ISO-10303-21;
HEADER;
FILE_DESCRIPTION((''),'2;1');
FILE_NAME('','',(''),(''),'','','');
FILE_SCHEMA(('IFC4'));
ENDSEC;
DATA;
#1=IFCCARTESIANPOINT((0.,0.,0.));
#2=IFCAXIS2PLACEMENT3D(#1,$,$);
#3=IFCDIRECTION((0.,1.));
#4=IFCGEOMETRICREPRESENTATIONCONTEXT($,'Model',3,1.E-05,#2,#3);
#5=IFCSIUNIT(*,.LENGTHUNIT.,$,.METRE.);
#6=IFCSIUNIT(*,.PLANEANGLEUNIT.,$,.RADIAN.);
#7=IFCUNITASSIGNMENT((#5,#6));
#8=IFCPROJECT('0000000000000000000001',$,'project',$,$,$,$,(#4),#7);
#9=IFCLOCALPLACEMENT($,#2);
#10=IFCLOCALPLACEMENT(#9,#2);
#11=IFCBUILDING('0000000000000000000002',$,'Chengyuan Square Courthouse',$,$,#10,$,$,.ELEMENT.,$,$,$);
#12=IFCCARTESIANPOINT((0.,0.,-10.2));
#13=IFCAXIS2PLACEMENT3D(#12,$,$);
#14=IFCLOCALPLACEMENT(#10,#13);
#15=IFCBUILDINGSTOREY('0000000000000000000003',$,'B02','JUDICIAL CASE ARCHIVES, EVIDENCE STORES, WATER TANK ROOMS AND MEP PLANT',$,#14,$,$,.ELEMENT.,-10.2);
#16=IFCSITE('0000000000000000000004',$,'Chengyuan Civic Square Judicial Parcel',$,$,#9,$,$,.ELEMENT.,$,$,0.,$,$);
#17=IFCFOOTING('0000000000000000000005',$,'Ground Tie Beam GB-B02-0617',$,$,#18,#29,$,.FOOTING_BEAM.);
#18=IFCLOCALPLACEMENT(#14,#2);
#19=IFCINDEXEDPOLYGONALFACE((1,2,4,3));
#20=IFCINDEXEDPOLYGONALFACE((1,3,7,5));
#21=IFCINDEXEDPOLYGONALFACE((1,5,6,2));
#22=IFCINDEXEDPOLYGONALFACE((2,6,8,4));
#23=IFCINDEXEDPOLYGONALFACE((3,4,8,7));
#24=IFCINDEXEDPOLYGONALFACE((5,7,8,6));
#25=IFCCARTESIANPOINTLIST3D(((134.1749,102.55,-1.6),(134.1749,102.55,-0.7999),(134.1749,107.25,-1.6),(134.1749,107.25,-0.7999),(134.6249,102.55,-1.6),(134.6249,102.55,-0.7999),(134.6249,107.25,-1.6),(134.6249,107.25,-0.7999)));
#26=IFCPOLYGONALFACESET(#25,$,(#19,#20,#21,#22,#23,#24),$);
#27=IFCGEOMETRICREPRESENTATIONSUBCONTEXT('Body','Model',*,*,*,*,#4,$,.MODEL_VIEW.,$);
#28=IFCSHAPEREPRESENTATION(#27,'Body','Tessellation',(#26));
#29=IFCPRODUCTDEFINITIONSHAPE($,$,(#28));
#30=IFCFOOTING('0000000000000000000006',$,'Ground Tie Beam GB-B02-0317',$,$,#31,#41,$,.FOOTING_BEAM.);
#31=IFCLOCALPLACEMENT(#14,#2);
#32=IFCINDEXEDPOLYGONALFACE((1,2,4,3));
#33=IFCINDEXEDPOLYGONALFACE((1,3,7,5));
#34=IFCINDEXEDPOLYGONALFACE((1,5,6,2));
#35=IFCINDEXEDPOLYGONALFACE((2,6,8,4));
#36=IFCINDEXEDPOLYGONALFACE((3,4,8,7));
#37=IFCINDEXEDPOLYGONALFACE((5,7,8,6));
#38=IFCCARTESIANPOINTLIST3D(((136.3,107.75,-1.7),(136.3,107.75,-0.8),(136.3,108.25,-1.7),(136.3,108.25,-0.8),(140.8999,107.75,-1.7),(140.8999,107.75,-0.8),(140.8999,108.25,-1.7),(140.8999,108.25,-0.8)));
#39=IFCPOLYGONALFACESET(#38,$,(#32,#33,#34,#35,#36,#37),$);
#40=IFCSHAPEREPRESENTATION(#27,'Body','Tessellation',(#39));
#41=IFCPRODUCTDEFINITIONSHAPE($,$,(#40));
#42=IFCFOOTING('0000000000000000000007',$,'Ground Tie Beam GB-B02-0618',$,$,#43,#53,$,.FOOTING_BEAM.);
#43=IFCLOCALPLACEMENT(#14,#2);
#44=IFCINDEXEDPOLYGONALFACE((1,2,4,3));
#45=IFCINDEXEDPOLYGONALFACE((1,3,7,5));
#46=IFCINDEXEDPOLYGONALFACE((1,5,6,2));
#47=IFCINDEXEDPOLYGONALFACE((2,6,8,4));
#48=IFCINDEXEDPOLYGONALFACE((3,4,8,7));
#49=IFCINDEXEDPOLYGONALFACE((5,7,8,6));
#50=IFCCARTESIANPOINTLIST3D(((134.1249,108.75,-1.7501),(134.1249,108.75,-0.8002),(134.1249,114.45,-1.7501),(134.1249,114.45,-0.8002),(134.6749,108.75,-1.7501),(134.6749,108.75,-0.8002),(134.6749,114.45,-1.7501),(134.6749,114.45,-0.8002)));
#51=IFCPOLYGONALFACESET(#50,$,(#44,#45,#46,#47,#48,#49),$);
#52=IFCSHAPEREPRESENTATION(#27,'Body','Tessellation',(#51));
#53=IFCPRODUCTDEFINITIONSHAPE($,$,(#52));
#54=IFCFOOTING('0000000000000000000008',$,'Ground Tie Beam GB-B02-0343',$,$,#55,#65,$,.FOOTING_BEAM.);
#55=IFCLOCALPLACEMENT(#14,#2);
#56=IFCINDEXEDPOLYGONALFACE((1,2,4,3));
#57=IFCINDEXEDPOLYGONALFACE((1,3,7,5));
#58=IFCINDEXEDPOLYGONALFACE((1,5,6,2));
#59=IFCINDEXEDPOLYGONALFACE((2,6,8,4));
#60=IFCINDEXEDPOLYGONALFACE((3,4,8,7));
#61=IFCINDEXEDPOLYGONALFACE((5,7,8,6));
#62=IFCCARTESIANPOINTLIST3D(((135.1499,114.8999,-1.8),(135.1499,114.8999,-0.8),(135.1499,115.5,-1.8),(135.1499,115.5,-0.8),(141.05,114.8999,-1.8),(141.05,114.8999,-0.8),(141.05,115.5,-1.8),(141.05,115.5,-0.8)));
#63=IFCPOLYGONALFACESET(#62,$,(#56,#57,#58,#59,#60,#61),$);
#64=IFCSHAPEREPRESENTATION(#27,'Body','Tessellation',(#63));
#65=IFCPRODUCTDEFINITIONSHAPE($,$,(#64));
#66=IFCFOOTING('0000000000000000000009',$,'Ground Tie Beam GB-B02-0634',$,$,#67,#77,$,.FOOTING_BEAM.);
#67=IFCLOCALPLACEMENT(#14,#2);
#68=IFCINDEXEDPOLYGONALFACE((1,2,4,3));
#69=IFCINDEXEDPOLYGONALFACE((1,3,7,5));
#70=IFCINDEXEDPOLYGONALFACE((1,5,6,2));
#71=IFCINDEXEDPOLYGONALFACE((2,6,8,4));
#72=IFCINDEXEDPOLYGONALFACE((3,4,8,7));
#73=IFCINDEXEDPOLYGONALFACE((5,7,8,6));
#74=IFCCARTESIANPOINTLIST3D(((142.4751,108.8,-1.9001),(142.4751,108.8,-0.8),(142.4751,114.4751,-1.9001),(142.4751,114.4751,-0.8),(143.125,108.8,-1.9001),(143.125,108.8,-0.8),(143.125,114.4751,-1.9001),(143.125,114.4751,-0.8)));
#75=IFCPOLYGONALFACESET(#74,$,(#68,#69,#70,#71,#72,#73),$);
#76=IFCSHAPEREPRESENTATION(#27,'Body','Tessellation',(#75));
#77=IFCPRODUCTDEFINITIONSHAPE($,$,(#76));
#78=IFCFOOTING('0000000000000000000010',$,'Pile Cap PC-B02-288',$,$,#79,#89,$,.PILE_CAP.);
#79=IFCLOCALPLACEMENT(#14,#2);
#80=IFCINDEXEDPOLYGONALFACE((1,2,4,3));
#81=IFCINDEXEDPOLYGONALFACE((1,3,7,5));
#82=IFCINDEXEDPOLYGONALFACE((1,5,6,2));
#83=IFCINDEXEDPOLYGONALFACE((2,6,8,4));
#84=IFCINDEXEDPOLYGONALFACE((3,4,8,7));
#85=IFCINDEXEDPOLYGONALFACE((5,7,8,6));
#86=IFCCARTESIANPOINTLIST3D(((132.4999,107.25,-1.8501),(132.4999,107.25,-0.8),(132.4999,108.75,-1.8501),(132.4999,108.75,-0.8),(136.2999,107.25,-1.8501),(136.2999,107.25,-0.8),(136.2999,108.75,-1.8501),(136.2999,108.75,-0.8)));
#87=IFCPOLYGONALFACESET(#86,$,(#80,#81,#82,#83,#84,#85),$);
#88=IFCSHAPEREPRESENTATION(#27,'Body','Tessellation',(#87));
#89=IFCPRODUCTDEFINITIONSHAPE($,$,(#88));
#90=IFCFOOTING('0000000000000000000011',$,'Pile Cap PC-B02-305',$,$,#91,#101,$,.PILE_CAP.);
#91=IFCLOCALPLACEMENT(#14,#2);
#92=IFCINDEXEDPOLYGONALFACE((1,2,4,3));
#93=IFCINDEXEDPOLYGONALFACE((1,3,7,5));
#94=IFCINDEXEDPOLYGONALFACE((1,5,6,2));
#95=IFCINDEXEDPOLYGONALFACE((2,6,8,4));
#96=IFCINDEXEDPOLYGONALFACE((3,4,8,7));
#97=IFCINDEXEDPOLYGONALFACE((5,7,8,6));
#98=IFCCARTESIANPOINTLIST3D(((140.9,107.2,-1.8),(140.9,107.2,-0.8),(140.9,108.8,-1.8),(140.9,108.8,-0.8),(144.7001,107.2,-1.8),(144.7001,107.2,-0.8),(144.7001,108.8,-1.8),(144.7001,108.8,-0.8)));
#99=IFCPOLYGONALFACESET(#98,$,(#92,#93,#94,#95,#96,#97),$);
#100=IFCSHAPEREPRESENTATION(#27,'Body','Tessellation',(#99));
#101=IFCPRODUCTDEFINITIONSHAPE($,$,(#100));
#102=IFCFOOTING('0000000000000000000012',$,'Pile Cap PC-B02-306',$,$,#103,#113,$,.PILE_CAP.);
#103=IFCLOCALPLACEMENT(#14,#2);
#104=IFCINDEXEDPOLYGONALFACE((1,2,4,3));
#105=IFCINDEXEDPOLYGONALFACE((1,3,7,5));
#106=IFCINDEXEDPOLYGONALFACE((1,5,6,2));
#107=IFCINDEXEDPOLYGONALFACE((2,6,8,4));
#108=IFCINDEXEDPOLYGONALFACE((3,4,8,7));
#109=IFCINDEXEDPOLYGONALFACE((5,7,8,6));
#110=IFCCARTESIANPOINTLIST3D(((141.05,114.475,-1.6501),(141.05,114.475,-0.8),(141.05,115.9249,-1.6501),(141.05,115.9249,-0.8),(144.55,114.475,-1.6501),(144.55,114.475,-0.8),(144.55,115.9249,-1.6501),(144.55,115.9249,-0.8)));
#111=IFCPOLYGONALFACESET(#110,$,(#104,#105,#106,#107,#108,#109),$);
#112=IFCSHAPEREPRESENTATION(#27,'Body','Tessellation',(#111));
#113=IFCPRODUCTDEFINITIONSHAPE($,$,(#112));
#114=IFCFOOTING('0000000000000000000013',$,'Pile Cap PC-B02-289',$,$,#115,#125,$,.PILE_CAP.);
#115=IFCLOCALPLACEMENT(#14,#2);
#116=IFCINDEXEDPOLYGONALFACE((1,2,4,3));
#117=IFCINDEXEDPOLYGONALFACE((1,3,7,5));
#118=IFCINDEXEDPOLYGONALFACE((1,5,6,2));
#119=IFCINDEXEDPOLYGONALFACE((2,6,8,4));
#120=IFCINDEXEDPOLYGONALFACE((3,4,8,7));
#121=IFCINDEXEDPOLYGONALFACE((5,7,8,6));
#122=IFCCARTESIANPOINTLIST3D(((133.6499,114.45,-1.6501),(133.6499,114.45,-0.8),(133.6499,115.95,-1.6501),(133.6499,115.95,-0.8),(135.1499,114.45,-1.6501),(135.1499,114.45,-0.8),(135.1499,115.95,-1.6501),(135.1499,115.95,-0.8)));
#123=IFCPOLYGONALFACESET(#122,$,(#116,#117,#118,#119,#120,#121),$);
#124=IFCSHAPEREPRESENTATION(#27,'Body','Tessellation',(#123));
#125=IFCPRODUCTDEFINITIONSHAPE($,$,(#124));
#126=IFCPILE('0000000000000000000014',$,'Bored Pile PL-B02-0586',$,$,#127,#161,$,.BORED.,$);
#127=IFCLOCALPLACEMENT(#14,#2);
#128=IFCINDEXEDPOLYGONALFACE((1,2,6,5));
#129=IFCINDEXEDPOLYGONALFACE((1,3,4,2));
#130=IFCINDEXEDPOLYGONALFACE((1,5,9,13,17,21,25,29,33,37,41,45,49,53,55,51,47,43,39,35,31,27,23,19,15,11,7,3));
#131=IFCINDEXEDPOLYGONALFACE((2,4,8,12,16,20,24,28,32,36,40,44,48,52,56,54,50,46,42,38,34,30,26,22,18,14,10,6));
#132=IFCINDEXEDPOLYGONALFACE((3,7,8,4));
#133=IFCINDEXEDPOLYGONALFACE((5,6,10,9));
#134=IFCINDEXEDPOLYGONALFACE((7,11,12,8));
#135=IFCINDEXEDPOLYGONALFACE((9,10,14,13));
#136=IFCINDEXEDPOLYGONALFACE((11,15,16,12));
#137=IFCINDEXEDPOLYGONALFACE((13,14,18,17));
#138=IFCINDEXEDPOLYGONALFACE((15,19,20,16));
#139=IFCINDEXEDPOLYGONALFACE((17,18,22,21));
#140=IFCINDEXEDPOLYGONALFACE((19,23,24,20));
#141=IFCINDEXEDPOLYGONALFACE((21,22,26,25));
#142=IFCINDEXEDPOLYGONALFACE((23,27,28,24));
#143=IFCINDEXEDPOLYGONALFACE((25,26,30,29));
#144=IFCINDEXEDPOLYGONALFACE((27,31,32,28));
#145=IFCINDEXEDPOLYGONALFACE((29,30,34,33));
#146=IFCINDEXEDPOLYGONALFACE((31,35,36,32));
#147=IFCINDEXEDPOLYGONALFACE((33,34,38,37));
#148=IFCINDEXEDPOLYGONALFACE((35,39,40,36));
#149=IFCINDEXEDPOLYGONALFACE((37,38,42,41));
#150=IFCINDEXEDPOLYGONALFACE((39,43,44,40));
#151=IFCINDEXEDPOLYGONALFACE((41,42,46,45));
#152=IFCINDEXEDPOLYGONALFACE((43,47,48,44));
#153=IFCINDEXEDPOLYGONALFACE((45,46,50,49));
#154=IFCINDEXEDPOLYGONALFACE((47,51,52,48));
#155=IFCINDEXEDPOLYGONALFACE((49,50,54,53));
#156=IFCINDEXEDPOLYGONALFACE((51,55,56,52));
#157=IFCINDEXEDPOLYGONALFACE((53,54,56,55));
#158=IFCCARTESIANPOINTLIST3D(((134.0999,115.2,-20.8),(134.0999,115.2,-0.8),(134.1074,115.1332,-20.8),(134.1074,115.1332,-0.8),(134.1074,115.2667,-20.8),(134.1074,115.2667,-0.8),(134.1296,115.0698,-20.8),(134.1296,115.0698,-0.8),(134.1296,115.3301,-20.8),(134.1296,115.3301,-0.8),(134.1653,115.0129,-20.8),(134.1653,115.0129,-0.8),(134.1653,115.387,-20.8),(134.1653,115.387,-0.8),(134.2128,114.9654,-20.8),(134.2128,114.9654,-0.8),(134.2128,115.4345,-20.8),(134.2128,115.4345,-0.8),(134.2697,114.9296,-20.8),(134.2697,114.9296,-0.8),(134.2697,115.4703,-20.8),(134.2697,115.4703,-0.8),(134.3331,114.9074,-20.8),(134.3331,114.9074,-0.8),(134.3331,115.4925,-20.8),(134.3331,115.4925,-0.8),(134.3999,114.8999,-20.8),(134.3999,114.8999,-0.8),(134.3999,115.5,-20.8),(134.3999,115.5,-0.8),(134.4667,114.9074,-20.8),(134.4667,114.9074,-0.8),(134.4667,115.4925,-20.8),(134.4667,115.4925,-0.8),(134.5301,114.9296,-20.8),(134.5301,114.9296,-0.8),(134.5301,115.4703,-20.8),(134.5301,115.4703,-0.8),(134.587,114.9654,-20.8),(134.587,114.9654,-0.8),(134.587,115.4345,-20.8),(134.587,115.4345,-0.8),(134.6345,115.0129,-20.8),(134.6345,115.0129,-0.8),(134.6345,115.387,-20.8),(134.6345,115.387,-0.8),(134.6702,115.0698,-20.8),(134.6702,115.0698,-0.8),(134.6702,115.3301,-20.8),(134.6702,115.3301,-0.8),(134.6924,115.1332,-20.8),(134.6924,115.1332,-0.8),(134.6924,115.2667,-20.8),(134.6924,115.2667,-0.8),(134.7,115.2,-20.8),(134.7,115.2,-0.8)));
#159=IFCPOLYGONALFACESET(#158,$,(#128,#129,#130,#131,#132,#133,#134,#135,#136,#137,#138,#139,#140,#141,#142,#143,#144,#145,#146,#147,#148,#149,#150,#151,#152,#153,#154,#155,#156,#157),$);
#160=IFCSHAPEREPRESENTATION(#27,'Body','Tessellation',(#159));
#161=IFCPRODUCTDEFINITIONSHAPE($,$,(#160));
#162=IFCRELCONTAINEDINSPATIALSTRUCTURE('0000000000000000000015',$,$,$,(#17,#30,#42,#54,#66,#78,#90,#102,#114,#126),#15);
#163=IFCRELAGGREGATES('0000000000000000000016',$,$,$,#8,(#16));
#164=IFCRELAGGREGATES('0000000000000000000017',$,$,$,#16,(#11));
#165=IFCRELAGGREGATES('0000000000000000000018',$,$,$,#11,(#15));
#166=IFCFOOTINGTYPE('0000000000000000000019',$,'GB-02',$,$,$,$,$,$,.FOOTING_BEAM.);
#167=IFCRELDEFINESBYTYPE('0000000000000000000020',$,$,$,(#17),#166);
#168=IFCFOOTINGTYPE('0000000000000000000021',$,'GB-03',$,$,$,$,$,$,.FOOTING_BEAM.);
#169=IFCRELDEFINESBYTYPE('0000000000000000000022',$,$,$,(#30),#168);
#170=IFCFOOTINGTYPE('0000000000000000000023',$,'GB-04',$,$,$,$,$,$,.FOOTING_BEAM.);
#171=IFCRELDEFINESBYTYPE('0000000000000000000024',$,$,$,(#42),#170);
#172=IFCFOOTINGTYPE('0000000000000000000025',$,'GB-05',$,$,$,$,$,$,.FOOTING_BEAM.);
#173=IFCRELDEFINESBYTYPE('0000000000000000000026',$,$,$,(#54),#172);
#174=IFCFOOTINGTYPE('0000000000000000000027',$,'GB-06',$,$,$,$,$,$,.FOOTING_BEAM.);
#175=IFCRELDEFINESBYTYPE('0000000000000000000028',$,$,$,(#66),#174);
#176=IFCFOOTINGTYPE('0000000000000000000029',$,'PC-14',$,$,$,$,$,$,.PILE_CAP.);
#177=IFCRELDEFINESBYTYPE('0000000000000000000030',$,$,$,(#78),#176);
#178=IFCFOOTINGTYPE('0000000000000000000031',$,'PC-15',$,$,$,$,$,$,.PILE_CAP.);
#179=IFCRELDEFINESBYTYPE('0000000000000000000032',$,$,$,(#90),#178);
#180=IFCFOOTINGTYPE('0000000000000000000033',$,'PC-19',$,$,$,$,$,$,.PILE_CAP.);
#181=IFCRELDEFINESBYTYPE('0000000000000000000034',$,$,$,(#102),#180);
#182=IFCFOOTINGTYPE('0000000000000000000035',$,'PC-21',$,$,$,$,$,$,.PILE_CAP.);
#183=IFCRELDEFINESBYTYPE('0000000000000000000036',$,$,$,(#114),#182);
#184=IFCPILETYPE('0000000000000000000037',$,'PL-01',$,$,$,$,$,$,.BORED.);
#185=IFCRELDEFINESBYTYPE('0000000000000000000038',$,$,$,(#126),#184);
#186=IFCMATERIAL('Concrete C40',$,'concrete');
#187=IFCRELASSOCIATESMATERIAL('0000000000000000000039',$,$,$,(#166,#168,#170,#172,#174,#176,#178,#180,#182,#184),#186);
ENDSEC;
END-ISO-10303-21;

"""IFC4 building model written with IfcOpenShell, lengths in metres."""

from ifc_helpers import new_model, si_unit, direction, frame, origin, origin_2d, place, context, subcontext, project, spatial, rectangle, circle, extrude, material, material_profile, profile_set, type_object, element, save


model = new_model("IFC4")

# Units and contexts
model_context = context("Model", 3, precision=1e-05, world=origin(), true_north=direction((0.0, 1.0)))
body_context = subcontext(model_context, "Body", "Model", "MODEL_VIEW")
ifc_project = project(units=[si_unit("LENGTHUNIT", "METRE"), si_unit("PLANEANGLEUNIT", "RADIAN")], contexts=[model_context])

# Site, building, storey
site_placement = place(None, origin())
site = spatial("IfcSite", under=ifc_project, at=site_placement, Name="Chengyuan Civic Square Judicial Parcel", CompositionType="ELEMENT", RefElevation=0.0)
building_placement = place(site_placement, origin())
building = spatial("IfcBuilding", under=site, at=building_placement, Name="Chengyuan Square Courthouse", CompositionType="ELEMENT")
storey_placement = place(building_placement, frame((0.0, 0.0, -10.2)))
storey = spatial("IfcBuildingStorey", under=building, at=storey_placement, Name="B02", Description="JUDICIAL CASE ARCHIVES, EVIDENCE STORES, WATER TANK ROOMS AND MEP PLANT", CompositionType="ELEMENT", Elevation=-10.2)

# Footings
ifc_material_1 = material(Name="Concrete C40", Category="concrete")
ifc_material_profile_1 = material_profile(ifc_material_1, rectangle(XDim=0.45, YDim=0.8, at=origin_2d()), Name="GB-450x800")
ifc_profile_set_1 = profile_set([ifc_material_profile_1], Name="Concrete C40")
footing_type_1 = type_object("IfcFootingType", Name="GB-02", PredefinedType="FOOTING_BEAM", material=ifc_profile_set_1)
footing_1_placement = place(storey_placement, frame((134.3999, 102.55, -1.2), z_axis=(0.0, 1.0, 0.0), x_axis=(-1.0, 0.0, 0.0)))
element("IfcFooting", 1, at=footing_1_placement, inside=storey, type_object=footing_type_1, Name="Ground Tie Beam GB-B02-0617", PredefinedType="FOOTING_BEAM", context=body_context, shape_type="SweptSolid", body=[
    extrude(rectangle(XDim=0.45, YDim=0.8, at=origin_2d()), origin(), (0.0, 0.0, 1.0), 4.7),
])
ifc_material_profile_2 = material_profile(ifc_material_1, rectangle(XDim=0.5, YDim=0.8999, at=origin_2d()), Name="GB-500x900")
ifc_profile_set_2 = profile_set([ifc_material_profile_2], Name="Concrete C40")
footing_type_2 = type_object("IfcFootingType", Name="GB-03", PredefinedType="FOOTING_BEAM", material=ifc_profile_set_2)
footing_2_placement = place(storey_placement, frame((136.3, 108.0, -1.25), z_axis=(1.0, 0.0, 0.0), x_axis=(0.0, 1.0, 0.0)))
element("IfcFooting", 2, at=footing_2_placement, inside=storey, type_object=footing_type_2, Name="Ground Tie Beam GB-B02-0317", PredefinedType="FOOTING_BEAM", context=body_context, shape_type="SweptSolid", body=[
    extrude(rectangle(XDim=0.5, YDim=0.8999, at=origin_2d()), origin(), (0.0, 0.0, 1.0), 4.5999),
])
ifc_material_profile_3 = material_profile(ifc_material_1, rectangle(XDim=0.55, YDim=0.95, at=origin_2d()), Name="GB-550x950")
ifc_profile_set_3 = profile_set([ifc_material_profile_3], Name="Concrete C40")
footing_type_3 = type_object("IfcFootingType", Name="GB-04", PredefinedType="FOOTING_BEAM", material=ifc_profile_set_3)
footing_3_placement = place(storey_placement, frame((134.3999, 108.75, -1.2751), z_axis=(0.0, 1.0, 0.0), x_axis=(-1.0, 0.0, 0.0)))
element("IfcFooting", 3, at=footing_3_placement, inside=storey, type_object=footing_type_3, Name="Ground Tie Beam GB-B02-0618", PredefinedType="FOOTING_BEAM", context=body_context, shape_type="SweptSolid", body=[
    extrude(rectangle(XDim=0.55, YDim=0.95, at=origin_2d()), origin(), (0.0, 0.0, 1.0), 5.7),
])
ifc_material_profile_4 = material_profile(ifc_material_1, rectangle(XDim=0.6001, YDim=1.0, at=origin_2d()), Name="GB-600x1000")
ifc_profile_set_4 = profile_set([ifc_material_profile_4], Name="Concrete C40")
footing_type_4 = type_object("IfcFootingType", Name="GB-05", PredefinedType="FOOTING_BEAM", material=ifc_profile_set_4)
footing_4_placement = place(storey_placement, frame((135.1499, 115.2, -1.3), z_axis=(1.0, 0.0, 0.0), x_axis=(0.0, 1.0, 0.0)))
element("IfcFooting", 4, at=footing_4_placement, inside=storey, type_object=footing_type_4, Name="Ground Tie Beam GB-B02-0343", PredefinedType="FOOTING_BEAM", context=body_context, shape_type="SweptSolid", body=[
    extrude(rectangle(XDim=0.6001, YDim=1.0, at=origin_2d()), origin(), (0.0, 0.0, 1.0), 5.9001),
])
ifc_material_profile_5 = material_profile(ifc_material_1, rectangle(XDim=0.6499, YDim=1.1001, at=origin_2d()), Name="GB-650x1100")
ifc_profile_set_5 = profile_set([ifc_material_profile_5], Name="Concrete C40")
footing_type_5 = type_object("IfcFootingType", Name="GB-06", PredefinedType="FOOTING_BEAM", material=ifc_profile_set_5)
footing_5_placement = place(storey_placement, frame((142.8, 108.8, -1.3501), z_axis=(0.0, 1.0, 0.0), x_axis=(-1.0, 0.0, 0.0)))
element("IfcFooting", 5, at=footing_5_placement, inside=storey, type_object=footing_type_5, Name="Ground Tie Beam GB-B02-0634", PredefinedType="FOOTING_BEAM", context=body_context, shape_type="SweptSolid", body=[
    extrude(rectangle(XDim=0.6499, YDim=1.1001, at=origin_2d()), origin(), (0.0, 0.0, 1.0), 5.675),
])
footing_type_6 = type_object("IfcFootingType", Name="PC-14", PredefinedType="PILE_CAP", material=ifc_material_1)
footing_6_placement = place(storey_placement, frame((134.3999, 108.0, -1.8501), z_axis=(0.0, 0.0, 1.0), x_axis=(1.0, 0.0, 0.0)))
element("IfcFooting", 6, at=footing_6_placement, inside=storey, type_object=footing_type_6, Name="Pile Cap PC-B02-288", PredefinedType="PILE_CAP", context=body_context, shape_type="SweptSolid", body=[
    extrude(rectangle(XDim=3.8, YDim=1.5, at=origin_2d()), origin(), (0.0, 0.0, 1.0), 1.05),
])
footing_type_7 = type_object("IfcFootingType", Name="PC-15", PredefinedType="PILE_CAP", material=ifc_material_1)
footing_7_placement = place(storey_placement, frame((142.8, 108.0, -1.8), z_axis=(0.0, 0.0, 1.0), x_axis=(1.0, 0.0, 0.0)))
element("IfcFooting", 7, at=footing_7_placement, inside=storey, type_object=footing_type_7, Name="Pile Cap PC-B02-305", PredefinedType="PILE_CAP", context=body_context, shape_type="SweptSolid", body=[
    extrude(rectangle(XDim=3.8, YDim=1.6001, at=origin_2d()), origin(), (0.0, 0.0, 1.0), 1.0),
])
footing_type_8 = type_object("IfcFootingType", Name="PC-19", PredefinedType="PILE_CAP", material=ifc_material_1)
footing_8_placement = place(storey_placement, frame((142.8, 115.2, -1.6501), z_axis=(0.0, 0.0, 1.0), x_axis=(1.0, 0.0, 0.0)))
element("IfcFooting", 8, at=footing_8_placement, inside=storey, type_object=footing_type_8, Name="Pile Cap PC-B02-306", PredefinedType="PILE_CAP", context=body_context, shape_type="SweptSolid", body=[
    extrude(rectangle(XDim=3.5, YDim=1.45, at=origin_2d()), origin(), (0.0, 0.0, 1.0), 0.8501),
])
footing_type_9 = type_object("IfcFootingType", Name="PC-21", PredefinedType="PILE_CAP", material=ifc_material_1)
footing_9_placement = place(storey_placement, frame((134.3999, 115.2, -1.6501), z_axis=(0.0, 0.0, 1.0), x_axis=(1.0, 0.0, 0.0)))
element("IfcFooting", 9, at=footing_9_placement, inside=storey, type_object=footing_type_9, Name="Pile Cap PC-B02-289", PredefinedType="PILE_CAP", context=body_context, shape_type="SweptSolid", body=[
    extrude(rectangle(XDim=1.5, YDim=1.5, at=origin_2d()), origin(), (0.0, 0.0, 1.0), 0.8501),
])

# Pile
ifc_material_profile_6 = material_profile(ifc_material_1, circle(Radius=0.3, at=origin_2d()), Name="BORED PILE D600")
ifc_profile_set_6 = profile_set([ifc_material_profile_6], Name="Concrete C40")
pile_type_1 = type_object("IfcPileType", Name="PL-01", PredefinedType="BORED", material=ifc_profile_set_6)
pile_1_placement = place(storey_placement, frame((134.3999, 115.2, -0.8), z_axis=(0.0, 0.0, -1.0), x_axis=(1.0, 0.0, 0.0)))
element("IfcPile", 10, at=pile_1_placement, inside=storey, type_object=pile_type_1, Name="Bored Pile PL-B02-0586", PredefinedType="BORED", context=body_context, shape_type="SweptSolid", body=[
    extrude(circle(Radius=0.3, at=origin_2d()), origin(), (0.0, 0.0, 1.0), 20.0),
])

save(model, "model.ifc")
